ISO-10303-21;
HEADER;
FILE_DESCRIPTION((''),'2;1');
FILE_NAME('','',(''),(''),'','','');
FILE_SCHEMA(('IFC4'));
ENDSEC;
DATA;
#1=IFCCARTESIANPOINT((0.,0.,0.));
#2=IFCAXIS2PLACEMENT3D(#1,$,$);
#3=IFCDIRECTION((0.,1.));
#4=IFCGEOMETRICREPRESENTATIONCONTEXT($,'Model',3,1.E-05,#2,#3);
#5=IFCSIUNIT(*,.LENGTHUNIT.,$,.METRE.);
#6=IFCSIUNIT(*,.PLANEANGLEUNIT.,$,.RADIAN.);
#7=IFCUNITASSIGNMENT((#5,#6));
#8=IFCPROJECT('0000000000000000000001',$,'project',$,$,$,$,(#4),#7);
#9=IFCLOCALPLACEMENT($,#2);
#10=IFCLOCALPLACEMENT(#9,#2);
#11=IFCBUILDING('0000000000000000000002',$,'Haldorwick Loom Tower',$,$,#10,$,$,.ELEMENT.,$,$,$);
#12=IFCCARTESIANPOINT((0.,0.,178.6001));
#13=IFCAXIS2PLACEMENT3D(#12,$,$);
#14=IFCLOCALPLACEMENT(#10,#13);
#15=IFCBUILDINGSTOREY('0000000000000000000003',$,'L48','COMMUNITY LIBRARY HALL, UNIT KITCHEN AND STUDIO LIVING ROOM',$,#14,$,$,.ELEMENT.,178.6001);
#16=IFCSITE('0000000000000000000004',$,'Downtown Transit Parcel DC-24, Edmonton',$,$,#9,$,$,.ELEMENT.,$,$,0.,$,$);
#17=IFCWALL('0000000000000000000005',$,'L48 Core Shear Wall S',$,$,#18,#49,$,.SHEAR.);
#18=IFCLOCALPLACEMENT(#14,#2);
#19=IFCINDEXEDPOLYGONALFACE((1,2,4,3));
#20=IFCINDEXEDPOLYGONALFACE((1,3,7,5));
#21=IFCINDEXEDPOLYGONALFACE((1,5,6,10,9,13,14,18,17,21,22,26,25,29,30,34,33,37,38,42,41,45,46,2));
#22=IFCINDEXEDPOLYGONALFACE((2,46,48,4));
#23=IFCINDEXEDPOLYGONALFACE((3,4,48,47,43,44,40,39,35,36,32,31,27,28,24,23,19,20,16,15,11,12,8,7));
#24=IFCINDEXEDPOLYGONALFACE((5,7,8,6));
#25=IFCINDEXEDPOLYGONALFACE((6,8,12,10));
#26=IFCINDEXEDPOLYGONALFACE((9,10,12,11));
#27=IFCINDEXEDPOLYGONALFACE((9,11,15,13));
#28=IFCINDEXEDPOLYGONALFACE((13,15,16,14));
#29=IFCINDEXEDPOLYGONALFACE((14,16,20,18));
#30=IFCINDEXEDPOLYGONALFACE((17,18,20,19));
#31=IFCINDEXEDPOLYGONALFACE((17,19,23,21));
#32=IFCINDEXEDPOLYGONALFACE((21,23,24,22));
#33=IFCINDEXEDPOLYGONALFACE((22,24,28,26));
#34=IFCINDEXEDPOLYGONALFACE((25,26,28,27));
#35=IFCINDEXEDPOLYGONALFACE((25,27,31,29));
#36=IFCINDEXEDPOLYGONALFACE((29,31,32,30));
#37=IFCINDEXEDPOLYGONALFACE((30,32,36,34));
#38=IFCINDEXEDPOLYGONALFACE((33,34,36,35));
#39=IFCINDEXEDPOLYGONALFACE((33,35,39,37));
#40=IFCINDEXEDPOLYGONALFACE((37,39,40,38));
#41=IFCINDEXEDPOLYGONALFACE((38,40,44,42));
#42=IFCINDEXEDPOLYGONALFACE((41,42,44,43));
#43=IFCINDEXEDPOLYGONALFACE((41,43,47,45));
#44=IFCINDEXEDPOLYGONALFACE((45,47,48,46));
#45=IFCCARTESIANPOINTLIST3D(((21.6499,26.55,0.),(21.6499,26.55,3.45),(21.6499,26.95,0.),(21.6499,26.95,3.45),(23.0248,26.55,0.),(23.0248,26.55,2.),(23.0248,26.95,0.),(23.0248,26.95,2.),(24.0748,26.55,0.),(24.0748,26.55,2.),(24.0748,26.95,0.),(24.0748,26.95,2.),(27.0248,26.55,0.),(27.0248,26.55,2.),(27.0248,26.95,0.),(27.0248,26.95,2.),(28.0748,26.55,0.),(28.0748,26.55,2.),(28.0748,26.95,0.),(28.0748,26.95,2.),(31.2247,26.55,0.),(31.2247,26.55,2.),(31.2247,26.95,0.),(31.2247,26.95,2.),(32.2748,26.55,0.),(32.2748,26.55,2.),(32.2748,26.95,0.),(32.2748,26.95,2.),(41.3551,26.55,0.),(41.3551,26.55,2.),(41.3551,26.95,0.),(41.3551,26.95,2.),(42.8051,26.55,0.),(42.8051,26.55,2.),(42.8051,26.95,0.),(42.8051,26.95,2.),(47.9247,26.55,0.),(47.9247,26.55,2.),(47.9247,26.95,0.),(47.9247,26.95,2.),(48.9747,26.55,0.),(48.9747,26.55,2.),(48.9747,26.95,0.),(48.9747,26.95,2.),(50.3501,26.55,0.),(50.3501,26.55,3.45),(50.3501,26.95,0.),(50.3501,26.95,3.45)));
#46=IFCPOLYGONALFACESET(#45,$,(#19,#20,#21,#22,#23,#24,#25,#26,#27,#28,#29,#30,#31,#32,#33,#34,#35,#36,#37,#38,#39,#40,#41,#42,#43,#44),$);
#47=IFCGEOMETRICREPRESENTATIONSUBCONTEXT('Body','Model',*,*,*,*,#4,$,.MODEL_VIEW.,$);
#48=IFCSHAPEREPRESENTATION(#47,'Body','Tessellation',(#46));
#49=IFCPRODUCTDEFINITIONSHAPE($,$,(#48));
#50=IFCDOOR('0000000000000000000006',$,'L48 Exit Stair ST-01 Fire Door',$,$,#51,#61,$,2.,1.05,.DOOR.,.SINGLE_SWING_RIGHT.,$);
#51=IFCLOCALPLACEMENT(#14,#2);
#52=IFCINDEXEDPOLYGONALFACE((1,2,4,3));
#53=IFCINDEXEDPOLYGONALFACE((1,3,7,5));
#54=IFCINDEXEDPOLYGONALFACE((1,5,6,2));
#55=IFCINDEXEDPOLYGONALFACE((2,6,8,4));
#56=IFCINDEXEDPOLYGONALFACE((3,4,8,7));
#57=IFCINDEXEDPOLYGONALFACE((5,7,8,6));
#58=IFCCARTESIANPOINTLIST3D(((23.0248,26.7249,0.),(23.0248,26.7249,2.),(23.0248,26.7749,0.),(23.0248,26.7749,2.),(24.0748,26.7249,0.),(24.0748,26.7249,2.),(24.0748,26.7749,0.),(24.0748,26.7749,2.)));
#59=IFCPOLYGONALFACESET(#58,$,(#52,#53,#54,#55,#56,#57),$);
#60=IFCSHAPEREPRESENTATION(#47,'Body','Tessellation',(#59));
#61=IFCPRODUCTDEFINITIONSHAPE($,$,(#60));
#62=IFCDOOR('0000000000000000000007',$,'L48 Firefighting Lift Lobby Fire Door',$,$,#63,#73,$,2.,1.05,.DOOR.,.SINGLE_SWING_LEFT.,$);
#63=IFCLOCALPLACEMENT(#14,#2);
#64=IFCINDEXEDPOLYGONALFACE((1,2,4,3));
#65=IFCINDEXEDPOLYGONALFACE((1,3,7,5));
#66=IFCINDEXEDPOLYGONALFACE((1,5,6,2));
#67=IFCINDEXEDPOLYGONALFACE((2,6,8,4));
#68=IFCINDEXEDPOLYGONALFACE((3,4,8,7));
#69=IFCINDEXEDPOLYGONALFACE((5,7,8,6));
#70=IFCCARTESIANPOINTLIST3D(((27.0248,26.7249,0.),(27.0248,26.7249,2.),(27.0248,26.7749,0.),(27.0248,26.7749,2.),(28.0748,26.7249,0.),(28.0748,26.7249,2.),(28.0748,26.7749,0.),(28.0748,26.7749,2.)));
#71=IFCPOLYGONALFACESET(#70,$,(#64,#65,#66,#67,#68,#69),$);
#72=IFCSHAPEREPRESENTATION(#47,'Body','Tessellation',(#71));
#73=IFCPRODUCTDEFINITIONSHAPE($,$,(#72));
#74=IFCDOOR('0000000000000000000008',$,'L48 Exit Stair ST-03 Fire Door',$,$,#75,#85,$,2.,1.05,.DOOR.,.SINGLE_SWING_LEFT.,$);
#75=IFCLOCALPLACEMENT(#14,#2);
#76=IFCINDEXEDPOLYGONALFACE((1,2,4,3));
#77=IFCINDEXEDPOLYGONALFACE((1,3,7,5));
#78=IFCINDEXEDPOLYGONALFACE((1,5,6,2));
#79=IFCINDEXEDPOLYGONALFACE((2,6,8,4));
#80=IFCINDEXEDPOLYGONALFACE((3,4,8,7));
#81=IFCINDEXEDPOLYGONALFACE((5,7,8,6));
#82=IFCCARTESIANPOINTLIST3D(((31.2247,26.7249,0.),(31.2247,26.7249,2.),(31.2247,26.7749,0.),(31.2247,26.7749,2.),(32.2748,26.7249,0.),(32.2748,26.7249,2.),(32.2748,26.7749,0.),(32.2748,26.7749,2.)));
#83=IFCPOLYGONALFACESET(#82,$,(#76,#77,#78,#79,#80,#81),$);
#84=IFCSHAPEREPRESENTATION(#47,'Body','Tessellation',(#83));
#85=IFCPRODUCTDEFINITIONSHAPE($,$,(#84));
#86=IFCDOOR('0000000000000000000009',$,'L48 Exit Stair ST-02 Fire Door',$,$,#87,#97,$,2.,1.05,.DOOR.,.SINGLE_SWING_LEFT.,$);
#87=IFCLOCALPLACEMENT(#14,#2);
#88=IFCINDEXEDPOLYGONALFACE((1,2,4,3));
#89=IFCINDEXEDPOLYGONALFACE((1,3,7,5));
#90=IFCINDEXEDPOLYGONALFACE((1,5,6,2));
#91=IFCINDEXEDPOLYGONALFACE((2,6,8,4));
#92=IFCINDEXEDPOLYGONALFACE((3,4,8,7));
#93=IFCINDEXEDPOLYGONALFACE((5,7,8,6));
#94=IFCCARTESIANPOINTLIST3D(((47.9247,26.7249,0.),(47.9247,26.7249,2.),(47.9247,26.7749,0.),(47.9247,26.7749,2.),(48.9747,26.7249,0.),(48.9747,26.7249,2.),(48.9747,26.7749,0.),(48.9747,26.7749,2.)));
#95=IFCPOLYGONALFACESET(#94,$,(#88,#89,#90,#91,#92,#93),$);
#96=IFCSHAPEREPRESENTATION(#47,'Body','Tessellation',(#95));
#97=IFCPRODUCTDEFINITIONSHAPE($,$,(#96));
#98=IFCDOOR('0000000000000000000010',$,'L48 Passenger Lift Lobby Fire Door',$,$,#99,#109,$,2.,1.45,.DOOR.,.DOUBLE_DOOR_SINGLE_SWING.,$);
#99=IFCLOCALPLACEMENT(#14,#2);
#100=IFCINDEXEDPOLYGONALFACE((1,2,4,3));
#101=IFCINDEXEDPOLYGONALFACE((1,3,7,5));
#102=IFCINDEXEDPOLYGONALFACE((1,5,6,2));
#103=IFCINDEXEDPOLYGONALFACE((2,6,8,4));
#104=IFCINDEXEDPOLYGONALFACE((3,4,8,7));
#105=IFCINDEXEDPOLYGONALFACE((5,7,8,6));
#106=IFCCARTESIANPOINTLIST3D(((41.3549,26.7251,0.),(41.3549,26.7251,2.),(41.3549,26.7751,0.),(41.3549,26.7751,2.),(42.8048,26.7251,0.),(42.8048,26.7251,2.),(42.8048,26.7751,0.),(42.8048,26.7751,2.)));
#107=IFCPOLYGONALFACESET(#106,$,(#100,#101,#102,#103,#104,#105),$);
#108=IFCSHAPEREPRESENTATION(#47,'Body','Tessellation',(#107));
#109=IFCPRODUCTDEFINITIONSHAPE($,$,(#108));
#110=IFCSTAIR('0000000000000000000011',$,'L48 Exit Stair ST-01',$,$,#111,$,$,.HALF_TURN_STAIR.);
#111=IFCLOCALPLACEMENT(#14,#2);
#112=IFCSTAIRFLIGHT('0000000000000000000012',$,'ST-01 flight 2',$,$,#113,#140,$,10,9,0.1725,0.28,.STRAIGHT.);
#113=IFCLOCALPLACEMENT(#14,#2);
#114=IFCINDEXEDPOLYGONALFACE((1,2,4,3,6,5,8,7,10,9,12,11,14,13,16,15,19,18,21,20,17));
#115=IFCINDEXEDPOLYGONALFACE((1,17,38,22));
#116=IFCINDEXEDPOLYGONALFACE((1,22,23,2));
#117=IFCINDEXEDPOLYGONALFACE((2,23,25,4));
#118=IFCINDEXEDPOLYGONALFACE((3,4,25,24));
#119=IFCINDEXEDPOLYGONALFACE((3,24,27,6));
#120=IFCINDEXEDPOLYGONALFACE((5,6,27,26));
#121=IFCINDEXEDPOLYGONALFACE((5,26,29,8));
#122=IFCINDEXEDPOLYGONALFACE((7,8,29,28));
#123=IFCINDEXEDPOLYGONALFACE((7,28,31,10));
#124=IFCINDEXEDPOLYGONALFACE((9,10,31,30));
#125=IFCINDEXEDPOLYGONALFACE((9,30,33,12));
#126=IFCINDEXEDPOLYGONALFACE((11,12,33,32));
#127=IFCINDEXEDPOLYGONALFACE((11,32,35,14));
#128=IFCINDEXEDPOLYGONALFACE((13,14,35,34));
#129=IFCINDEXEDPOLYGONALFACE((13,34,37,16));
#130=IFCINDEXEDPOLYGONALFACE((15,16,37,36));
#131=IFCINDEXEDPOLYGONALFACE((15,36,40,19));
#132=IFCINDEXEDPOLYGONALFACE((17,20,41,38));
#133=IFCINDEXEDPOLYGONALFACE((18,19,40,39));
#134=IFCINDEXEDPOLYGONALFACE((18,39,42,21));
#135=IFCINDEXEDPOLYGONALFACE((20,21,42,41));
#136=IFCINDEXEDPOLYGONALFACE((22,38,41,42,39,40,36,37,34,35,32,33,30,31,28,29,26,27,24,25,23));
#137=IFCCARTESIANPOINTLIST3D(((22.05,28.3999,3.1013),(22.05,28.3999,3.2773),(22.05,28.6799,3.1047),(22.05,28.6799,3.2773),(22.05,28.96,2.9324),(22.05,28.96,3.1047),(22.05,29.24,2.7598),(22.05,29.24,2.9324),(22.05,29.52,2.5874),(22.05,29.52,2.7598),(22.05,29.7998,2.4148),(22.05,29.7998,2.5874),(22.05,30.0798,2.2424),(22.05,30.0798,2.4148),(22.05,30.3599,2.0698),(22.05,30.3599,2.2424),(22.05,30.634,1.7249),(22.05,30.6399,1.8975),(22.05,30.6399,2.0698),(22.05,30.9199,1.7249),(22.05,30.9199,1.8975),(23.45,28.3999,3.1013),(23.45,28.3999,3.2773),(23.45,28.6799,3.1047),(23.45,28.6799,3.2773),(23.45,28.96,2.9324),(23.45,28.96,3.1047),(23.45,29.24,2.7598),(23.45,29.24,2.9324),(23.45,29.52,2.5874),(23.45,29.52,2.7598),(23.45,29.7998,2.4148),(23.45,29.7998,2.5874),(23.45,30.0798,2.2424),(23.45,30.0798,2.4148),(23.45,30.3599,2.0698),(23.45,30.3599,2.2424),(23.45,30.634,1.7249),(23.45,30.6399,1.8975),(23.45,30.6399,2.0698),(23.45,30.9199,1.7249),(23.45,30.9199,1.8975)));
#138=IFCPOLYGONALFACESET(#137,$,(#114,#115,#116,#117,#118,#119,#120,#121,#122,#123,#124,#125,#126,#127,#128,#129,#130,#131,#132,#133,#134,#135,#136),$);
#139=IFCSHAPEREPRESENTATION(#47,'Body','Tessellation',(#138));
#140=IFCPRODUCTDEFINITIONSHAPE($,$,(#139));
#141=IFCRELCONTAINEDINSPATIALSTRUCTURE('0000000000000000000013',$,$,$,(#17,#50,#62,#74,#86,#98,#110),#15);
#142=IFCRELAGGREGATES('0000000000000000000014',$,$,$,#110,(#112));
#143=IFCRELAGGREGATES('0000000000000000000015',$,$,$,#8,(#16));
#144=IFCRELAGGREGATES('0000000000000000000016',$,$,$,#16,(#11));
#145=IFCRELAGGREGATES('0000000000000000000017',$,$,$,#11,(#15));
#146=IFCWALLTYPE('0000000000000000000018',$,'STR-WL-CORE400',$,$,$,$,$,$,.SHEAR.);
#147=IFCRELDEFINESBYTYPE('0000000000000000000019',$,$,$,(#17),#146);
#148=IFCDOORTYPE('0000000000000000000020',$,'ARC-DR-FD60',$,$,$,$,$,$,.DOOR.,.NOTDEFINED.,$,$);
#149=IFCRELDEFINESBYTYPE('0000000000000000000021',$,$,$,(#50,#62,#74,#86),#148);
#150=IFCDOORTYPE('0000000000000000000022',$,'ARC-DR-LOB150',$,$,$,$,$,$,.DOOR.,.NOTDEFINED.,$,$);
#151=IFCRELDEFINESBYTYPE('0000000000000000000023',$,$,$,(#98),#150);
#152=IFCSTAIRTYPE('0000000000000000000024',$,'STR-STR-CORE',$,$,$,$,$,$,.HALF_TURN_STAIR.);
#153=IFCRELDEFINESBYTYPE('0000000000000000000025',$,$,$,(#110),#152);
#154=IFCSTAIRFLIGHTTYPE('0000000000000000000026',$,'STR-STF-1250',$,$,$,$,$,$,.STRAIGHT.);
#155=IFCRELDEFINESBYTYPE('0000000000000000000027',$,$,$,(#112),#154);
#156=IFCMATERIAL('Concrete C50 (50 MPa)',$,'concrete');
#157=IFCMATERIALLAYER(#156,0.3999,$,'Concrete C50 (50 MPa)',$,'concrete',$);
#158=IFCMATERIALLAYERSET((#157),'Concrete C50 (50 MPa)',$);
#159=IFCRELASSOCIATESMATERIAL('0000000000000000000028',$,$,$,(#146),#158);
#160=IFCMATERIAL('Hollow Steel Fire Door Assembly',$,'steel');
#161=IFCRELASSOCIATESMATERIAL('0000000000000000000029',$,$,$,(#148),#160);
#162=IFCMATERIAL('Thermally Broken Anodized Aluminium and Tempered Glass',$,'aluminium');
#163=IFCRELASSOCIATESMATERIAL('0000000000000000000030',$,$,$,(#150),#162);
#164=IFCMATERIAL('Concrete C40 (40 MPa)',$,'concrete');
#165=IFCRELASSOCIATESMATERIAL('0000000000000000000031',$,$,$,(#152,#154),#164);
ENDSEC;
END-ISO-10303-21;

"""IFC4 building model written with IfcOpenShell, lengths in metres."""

from ifc_helpers import new_model, si_unit, direction, frame, frame_2d, origin, place, context, subcontext, project, spatial, polyline, rectangle, outline, extrude, material, layer, layer_set, type_object, element, fill, aggregate, save


model = new_model("IFC4")

# Units and contexts
model_context = context("Model", 3, precision=1e-05, world=origin(), true_north=direction((0.0, 1.0)))
body_context = subcontext(model_context, "Body", "Model", "MODEL_VIEW")
ifc_project = project(units=[si_unit("LENGTHUNIT", "METRE"), si_unit("PLANEANGLEUNIT", "RADIAN")], contexts=[model_context])

# Site, building, storey
site_placement = place(None, origin())
site = spatial("IfcSite", under=ifc_project, at=site_placement, Name="Downtown Transit Parcel DC-24, Edmonton", CompositionType="ELEMENT", RefElevation=0.0)
building_placement = place(site_placement, origin())
building = spatial("IfcBuilding", under=site, at=building_placement, Name="Haldorwick Loom Tower", CompositionType="ELEMENT")
storey_placement = place(building_placement, frame((0.0, 0.0, 178.6001)))
storey = spatial("IfcBuildingStorey", under=building, at=storey_placement, Name="L48", Description="COMMUNITY LIBRARY HALL, UNIT KITCHEN AND STUDIO LIVING ROOM", CompositionType="ELEMENT", Elevation=178.6001)

# Wall, openings, doors
ifc_material_1 = material(Name="Concrete C50 (50 MPa)", Category="concrete")
ifc_layer_1 = layer(ifc_material_1, 0.3999, Name="Concrete C50 (50 MPa)", Category="concrete")
ifc_layer_set_1 = layer_set([ifc_layer_1], Name="Concrete C50 (50 MPa)")
wall_type_1 = type_object("IfcWallType", Name="STR-WL-CORE400", PredefinedType="SHEAR", material=ifc_layer_set_1)
wall_1_placement = place(storey_placement, frame((21.6499, 26.75, 0.0), z_axis=(0.0, 0.0, 1.0), x_axis=(1.0, 0.0, 0.0)))
wall_1 = element("IfcWall", 1, at=wall_1_placement, inside=storey, type_object=wall_type_1, Name="L48 Core Shear Wall S", PredefinedType="SHEAR", context=body_context, shape_type="SweptSolid", body=[
    extrude(rectangle(XDim=28.7002, YDim=0.3999, at=frame_2d((14.3501, 0.0))), origin(), (0.0, 0.0, 1.0), 3.45),
])
opening_1_placement = place(wall_1_placement, frame((1.375, 0.0, 0.0)))
opening_1 = element("IfcOpeningElement", 2, at=opening_1_placement, cuts=wall_1, PredefinedType="OPENING", context=body_context, shape_type="SweptSolid", body=[
    extrude(rectangle(XDim=1.05, YDim=2.0, at=frame_2d((0.5249, 1.0))), frame((0.0, 0.21, 0.0), z_axis=(0.0, -1.0, 0.0), x_axis=(1.0, 0.0, 0.0)), (0.0, 0.0, 1.0), 0.4199),
])
opening_2_placement = place(wall_1_placement, frame((5.375, 0.0, 0.0)))
opening_2 = element("IfcOpeningElement", 3, at=opening_2_placement, cuts=wall_1, PredefinedType="OPENING", context=body_context, shape_type="SweptSolid", body=[
    extrude(rectangle(XDim=1.05, YDim=2.0, at=frame_2d((0.5249, 1.0))), frame((0.0, 0.21, 0.0), z_axis=(0.0, -1.0, 0.0), x_axis=(1.0, 0.0, 0.0)), (0.0, 0.0, 1.0), 0.4199),
])
opening_3_placement = place(wall_1_placement, frame((9.575, 0.0, 0.0)))
opening_3 = element("IfcOpeningElement", 4, at=opening_3_placement, cuts=wall_1, PredefinedType="OPENING", context=body_context, shape_type="SweptSolid", body=[
    extrude(rectangle(XDim=1.05, YDim=2.0, at=frame_2d((0.5249, 1.0))), frame((0.0, 0.21, 0.0), z_axis=(0.0, -1.0, 0.0), x_axis=(1.0, 0.0, 0.0)), (0.0, 0.0, 1.0), 0.4199),
])
opening_4_placement = place(wall_1_placement, frame((19.7051, 0.0, 0.0)))
opening_4 = element("IfcOpeningElement", 5, at=opening_4_placement, cuts=wall_1, PredefinedType="OPENING", context=body_context, shape_type="SweptSolid", body=[
    extrude(rectangle(XDim=1.45, YDim=2.0, at=frame_2d((0.7251, 1.0))), frame((0.0, 0.21, 0.0), z_axis=(0.0, -1.0, 0.0), x_axis=(1.0, 0.0, 0.0)), (0.0, 0.0, 1.0), 0.4199),
])
opening_5_placement = place(wall_1_placement, frame((26.2749, 0.0, 0.0)))
opening_5 = element("IfcOpeningElement", 6, at=opening_5_placement, cuts=wall_1, PredefinedType="OPENING", context=body_context, shape_type="SweptSolid", body=[
    extrude(rectangle(XDim=1.05, YDim=2.0, at=frame_2d((0.5249, 1.0))), frame((0.0, 0.21, 0.0), z_axis=(0.0, -1.0, 0.0), x_axis=(1.0, 0.0, 0.0)), (0.0, 0.0, 1.0), 0.4199),
])
ifc_material_2 = material(Name="Hollow Steel Fire Door Assembly", Category="steel")
door_type_1 = type_object("IfcDoorType", Name="ARC-DR-FD60", OperationType="NOTDEFINED", PredefinedType="DOOR", material=ifc_material_2)
door_1_placement = place(opening_1_placement, origin())
door_1 = element("IfcDoor", 7, at=door_1_placement, inside=storey, type_object=door_type_1, Name="L48 Exit Stair ST-01 Fire Door", OperationType="SINGLE_SWING_RIGHT", OverallHeight=2.0, OverallWidth=1.05, PredefinedType="DOOR", context=body_context, shape_type="SweptSolid", body=[
    extrude(rectangle(XDim=1.05, YDim=2.0, at=frame_2d((0.5249, 1.0))), frame((0.0, 0.0249, 0.0), z_axis=(0.0, -1.0, 0.0), x_axis=(1.0, 0.0, 0.0)), (0.0, 0.0, 1.0), 0.05),
])
fill(opening_1, door_1)
door_2_placement = place(opening_2_placement, origin())
door_2 = element("IfcDoor", 8, at=door_2_placement, inside=storey, type_object=door_type_1, Name="L48 Firefighting Lift Lobby Fire Door", OperationType="SINGLE_SWING_LEFT", OverallHeight=2.0, OverallWidth=1.05, PredefinedType="DOOR", context=body_context, shape_type="SweptSolid", body=[
    extrude(rectangle(XDim=1.05, YDim=2.0, at=frame_2d((0.5249, 1.0))), frame((0.0, 0.0249, 0.0), z_axis=(0.0, -1.0, 0.0), x_axis=(1.0, 0.0, 0.0)), (0.0, 0.0, 1.0), 0.05),
])
fill(opening_2, door_2)
door_3_placement = place(opening_3_placement, origin())
door_3 = element("IfcDoor", 9, at=door_3_placement, inside=storey, type_object=door_type_1, Name="L48 Exit Stair ST-03 Fire Door", OperationType="SINGLE_SWING_LEFT", OverallHeight=2.0, OverallWidth=1.05, PredefinedType="DOOR", context=body_context, shape_type="SweptSolid", body=[
    extrude(rectangle(XDim=1.05, YDim=2.0, at=frame_2d((0.5249, 1.0))), frame((0.0, 0.0249, 0.0), z_axis=(0.0, -1.0, 0.0), x_axis=(1.0, 0.0, 0.0)), (0.0, 0.0, 1.0), 0.05),
])
fill(opening_3, door_3)
door_4_placement = place(opening_5_placement, origin())
door_4 = element("IfcDoor", 10, at=door_4_placement, inside=storey, type_object=door_type_1, Name="L48 Exit Stair ST-02 Fire Door", OperationType="SINGLE_SWING_LEFT", OverallHeight=2.0, OverallWidth=1.05, PredefinedType="DOOR", context=body_context, shape_type="SweptSolid", body=[
    extrude(rectangle(XDim=1.05, YDim=2.0, at=frame_2d((0.5249, 1.0))), frame((0.0, 0.0249, 0.0), z_axis=(0.0, -1.0, 0.0), x_axis=(1.0, 0.0, 0.0)), (0.0, 0.0, 1.0), 0.05),
])
fill(opening_5, door_4)
ifc_material_3 = material(Name="Thermally Broken Anodized Aluminium and Tempered Glass", Category="aluminium")
door_type_2 = type_object("IfcDoorType", Name="ARC-DR-LOB150", OperationType="NOTDEFINED", PredefinedType="DOOR", material=ifc_material_3)
door_5_placement = place(opening_4_placement, frame((1.45, 0.0, 0.0), z_axis=(0.0, 0.0, 1.0), x_axis=(-1.0, 0.0, 0.0)))
door_5 = element("IfcDoor", 11, at=door_5_placement, inside=storey, type_object=door_type_2, Name="L48 Passenger Lift Lobby Fire Door", OperationType="DOUBLE_DOOR_SINGLE_SWING", OverallHeight=2.0, OverallWidth=1.45, PredefinedType="DOOR", context=body_context, shape_type="SweptSolid", body=[
    extrude(rectangle(XDim=1.45, YDim=2.0, at=frame_2d((0.7251, 1.0))), frame((0.0, 0.0249, 0.0), z_axis=(0.0, -1.0, 0.0), x_axis=(1.0, 0.0, 0.0)), (0.0, 0.0, 1.0), 0.05),
])
fill(opening_4, door_5)

# Stair, stair flight
ifc_material_4 = material(Name="Concrete C40 (40 MPa)", Category="concrete")
stair_type = type_object("IfcStairType", Name="STR-STR-CORE", PredefinedType="HALF_TURN_STAIR", material=ifc_material_4)
stair_placement = place(storey_placement, origin())
stair = element("IfcStair", 12, at=stair_placement, inside=storey, type_object=stair_type, Name="L48 Exit Stair ST-01", PredefinedType="HALF_TURN_STAIR")
stair_flight_type = type_object("IfcStairFlightType", Name="STR-STF-1250", PredefinedType="STRAIGHT", material=ifc_material_4)
stair_flight_placement = place(storey_placement, frame((22.75, 30.9199, 1.7249), z_axis=(0.0, 0.0, 1.0), x_axis=(0.0, -1.0, 0.0)))
stair_flight = element("IfcStairFlight", 13, at=stair_flight_placement, type_object=stair_flight_type, Name="ST-01 flight 2", NumberOfRisers=10, NumberOfTreads=9, PredefinedType="STRAIGHT", RiserHeight=0.1725, TreadLength=0.28, context=body_context, shape_type="SweptSolid", body=[
    extrude(outline(polyline([(0.0, 0.0), (0.0, 0.1726), (0.28, 0.1726), (0.28, 0.345), (0.5601, 0.345), (0.5601, 0.5176), (0.8401, 0.5176), (0.8401, 0.6899), (1.1201, 0.6899), (1.1201, 0.8625), (1.3999, 0.8625), (1.3999, 1.0349), (1.6799, 1.0349), (1.6799, 1.2075), (1.96, 1.2075), (1.96, 1.3799), (2.24, 1.3799), (2.24, 1.5525), (2.52, 1.5525), (2.52, 1.7251), (2.52, 1.3765), (0.2859, 0.0), (0.0, 0.0)])), frame((0.0, 0.7, 0.0), z_axis=(0.0, -1.0, 0.0), x_axis=(1.0, 0.0, 0.0)), (0.0, 0.0, 1.0), 1.3999),
])
aggregate(stair, [stair_flight])

save(model, "model.ifc")
